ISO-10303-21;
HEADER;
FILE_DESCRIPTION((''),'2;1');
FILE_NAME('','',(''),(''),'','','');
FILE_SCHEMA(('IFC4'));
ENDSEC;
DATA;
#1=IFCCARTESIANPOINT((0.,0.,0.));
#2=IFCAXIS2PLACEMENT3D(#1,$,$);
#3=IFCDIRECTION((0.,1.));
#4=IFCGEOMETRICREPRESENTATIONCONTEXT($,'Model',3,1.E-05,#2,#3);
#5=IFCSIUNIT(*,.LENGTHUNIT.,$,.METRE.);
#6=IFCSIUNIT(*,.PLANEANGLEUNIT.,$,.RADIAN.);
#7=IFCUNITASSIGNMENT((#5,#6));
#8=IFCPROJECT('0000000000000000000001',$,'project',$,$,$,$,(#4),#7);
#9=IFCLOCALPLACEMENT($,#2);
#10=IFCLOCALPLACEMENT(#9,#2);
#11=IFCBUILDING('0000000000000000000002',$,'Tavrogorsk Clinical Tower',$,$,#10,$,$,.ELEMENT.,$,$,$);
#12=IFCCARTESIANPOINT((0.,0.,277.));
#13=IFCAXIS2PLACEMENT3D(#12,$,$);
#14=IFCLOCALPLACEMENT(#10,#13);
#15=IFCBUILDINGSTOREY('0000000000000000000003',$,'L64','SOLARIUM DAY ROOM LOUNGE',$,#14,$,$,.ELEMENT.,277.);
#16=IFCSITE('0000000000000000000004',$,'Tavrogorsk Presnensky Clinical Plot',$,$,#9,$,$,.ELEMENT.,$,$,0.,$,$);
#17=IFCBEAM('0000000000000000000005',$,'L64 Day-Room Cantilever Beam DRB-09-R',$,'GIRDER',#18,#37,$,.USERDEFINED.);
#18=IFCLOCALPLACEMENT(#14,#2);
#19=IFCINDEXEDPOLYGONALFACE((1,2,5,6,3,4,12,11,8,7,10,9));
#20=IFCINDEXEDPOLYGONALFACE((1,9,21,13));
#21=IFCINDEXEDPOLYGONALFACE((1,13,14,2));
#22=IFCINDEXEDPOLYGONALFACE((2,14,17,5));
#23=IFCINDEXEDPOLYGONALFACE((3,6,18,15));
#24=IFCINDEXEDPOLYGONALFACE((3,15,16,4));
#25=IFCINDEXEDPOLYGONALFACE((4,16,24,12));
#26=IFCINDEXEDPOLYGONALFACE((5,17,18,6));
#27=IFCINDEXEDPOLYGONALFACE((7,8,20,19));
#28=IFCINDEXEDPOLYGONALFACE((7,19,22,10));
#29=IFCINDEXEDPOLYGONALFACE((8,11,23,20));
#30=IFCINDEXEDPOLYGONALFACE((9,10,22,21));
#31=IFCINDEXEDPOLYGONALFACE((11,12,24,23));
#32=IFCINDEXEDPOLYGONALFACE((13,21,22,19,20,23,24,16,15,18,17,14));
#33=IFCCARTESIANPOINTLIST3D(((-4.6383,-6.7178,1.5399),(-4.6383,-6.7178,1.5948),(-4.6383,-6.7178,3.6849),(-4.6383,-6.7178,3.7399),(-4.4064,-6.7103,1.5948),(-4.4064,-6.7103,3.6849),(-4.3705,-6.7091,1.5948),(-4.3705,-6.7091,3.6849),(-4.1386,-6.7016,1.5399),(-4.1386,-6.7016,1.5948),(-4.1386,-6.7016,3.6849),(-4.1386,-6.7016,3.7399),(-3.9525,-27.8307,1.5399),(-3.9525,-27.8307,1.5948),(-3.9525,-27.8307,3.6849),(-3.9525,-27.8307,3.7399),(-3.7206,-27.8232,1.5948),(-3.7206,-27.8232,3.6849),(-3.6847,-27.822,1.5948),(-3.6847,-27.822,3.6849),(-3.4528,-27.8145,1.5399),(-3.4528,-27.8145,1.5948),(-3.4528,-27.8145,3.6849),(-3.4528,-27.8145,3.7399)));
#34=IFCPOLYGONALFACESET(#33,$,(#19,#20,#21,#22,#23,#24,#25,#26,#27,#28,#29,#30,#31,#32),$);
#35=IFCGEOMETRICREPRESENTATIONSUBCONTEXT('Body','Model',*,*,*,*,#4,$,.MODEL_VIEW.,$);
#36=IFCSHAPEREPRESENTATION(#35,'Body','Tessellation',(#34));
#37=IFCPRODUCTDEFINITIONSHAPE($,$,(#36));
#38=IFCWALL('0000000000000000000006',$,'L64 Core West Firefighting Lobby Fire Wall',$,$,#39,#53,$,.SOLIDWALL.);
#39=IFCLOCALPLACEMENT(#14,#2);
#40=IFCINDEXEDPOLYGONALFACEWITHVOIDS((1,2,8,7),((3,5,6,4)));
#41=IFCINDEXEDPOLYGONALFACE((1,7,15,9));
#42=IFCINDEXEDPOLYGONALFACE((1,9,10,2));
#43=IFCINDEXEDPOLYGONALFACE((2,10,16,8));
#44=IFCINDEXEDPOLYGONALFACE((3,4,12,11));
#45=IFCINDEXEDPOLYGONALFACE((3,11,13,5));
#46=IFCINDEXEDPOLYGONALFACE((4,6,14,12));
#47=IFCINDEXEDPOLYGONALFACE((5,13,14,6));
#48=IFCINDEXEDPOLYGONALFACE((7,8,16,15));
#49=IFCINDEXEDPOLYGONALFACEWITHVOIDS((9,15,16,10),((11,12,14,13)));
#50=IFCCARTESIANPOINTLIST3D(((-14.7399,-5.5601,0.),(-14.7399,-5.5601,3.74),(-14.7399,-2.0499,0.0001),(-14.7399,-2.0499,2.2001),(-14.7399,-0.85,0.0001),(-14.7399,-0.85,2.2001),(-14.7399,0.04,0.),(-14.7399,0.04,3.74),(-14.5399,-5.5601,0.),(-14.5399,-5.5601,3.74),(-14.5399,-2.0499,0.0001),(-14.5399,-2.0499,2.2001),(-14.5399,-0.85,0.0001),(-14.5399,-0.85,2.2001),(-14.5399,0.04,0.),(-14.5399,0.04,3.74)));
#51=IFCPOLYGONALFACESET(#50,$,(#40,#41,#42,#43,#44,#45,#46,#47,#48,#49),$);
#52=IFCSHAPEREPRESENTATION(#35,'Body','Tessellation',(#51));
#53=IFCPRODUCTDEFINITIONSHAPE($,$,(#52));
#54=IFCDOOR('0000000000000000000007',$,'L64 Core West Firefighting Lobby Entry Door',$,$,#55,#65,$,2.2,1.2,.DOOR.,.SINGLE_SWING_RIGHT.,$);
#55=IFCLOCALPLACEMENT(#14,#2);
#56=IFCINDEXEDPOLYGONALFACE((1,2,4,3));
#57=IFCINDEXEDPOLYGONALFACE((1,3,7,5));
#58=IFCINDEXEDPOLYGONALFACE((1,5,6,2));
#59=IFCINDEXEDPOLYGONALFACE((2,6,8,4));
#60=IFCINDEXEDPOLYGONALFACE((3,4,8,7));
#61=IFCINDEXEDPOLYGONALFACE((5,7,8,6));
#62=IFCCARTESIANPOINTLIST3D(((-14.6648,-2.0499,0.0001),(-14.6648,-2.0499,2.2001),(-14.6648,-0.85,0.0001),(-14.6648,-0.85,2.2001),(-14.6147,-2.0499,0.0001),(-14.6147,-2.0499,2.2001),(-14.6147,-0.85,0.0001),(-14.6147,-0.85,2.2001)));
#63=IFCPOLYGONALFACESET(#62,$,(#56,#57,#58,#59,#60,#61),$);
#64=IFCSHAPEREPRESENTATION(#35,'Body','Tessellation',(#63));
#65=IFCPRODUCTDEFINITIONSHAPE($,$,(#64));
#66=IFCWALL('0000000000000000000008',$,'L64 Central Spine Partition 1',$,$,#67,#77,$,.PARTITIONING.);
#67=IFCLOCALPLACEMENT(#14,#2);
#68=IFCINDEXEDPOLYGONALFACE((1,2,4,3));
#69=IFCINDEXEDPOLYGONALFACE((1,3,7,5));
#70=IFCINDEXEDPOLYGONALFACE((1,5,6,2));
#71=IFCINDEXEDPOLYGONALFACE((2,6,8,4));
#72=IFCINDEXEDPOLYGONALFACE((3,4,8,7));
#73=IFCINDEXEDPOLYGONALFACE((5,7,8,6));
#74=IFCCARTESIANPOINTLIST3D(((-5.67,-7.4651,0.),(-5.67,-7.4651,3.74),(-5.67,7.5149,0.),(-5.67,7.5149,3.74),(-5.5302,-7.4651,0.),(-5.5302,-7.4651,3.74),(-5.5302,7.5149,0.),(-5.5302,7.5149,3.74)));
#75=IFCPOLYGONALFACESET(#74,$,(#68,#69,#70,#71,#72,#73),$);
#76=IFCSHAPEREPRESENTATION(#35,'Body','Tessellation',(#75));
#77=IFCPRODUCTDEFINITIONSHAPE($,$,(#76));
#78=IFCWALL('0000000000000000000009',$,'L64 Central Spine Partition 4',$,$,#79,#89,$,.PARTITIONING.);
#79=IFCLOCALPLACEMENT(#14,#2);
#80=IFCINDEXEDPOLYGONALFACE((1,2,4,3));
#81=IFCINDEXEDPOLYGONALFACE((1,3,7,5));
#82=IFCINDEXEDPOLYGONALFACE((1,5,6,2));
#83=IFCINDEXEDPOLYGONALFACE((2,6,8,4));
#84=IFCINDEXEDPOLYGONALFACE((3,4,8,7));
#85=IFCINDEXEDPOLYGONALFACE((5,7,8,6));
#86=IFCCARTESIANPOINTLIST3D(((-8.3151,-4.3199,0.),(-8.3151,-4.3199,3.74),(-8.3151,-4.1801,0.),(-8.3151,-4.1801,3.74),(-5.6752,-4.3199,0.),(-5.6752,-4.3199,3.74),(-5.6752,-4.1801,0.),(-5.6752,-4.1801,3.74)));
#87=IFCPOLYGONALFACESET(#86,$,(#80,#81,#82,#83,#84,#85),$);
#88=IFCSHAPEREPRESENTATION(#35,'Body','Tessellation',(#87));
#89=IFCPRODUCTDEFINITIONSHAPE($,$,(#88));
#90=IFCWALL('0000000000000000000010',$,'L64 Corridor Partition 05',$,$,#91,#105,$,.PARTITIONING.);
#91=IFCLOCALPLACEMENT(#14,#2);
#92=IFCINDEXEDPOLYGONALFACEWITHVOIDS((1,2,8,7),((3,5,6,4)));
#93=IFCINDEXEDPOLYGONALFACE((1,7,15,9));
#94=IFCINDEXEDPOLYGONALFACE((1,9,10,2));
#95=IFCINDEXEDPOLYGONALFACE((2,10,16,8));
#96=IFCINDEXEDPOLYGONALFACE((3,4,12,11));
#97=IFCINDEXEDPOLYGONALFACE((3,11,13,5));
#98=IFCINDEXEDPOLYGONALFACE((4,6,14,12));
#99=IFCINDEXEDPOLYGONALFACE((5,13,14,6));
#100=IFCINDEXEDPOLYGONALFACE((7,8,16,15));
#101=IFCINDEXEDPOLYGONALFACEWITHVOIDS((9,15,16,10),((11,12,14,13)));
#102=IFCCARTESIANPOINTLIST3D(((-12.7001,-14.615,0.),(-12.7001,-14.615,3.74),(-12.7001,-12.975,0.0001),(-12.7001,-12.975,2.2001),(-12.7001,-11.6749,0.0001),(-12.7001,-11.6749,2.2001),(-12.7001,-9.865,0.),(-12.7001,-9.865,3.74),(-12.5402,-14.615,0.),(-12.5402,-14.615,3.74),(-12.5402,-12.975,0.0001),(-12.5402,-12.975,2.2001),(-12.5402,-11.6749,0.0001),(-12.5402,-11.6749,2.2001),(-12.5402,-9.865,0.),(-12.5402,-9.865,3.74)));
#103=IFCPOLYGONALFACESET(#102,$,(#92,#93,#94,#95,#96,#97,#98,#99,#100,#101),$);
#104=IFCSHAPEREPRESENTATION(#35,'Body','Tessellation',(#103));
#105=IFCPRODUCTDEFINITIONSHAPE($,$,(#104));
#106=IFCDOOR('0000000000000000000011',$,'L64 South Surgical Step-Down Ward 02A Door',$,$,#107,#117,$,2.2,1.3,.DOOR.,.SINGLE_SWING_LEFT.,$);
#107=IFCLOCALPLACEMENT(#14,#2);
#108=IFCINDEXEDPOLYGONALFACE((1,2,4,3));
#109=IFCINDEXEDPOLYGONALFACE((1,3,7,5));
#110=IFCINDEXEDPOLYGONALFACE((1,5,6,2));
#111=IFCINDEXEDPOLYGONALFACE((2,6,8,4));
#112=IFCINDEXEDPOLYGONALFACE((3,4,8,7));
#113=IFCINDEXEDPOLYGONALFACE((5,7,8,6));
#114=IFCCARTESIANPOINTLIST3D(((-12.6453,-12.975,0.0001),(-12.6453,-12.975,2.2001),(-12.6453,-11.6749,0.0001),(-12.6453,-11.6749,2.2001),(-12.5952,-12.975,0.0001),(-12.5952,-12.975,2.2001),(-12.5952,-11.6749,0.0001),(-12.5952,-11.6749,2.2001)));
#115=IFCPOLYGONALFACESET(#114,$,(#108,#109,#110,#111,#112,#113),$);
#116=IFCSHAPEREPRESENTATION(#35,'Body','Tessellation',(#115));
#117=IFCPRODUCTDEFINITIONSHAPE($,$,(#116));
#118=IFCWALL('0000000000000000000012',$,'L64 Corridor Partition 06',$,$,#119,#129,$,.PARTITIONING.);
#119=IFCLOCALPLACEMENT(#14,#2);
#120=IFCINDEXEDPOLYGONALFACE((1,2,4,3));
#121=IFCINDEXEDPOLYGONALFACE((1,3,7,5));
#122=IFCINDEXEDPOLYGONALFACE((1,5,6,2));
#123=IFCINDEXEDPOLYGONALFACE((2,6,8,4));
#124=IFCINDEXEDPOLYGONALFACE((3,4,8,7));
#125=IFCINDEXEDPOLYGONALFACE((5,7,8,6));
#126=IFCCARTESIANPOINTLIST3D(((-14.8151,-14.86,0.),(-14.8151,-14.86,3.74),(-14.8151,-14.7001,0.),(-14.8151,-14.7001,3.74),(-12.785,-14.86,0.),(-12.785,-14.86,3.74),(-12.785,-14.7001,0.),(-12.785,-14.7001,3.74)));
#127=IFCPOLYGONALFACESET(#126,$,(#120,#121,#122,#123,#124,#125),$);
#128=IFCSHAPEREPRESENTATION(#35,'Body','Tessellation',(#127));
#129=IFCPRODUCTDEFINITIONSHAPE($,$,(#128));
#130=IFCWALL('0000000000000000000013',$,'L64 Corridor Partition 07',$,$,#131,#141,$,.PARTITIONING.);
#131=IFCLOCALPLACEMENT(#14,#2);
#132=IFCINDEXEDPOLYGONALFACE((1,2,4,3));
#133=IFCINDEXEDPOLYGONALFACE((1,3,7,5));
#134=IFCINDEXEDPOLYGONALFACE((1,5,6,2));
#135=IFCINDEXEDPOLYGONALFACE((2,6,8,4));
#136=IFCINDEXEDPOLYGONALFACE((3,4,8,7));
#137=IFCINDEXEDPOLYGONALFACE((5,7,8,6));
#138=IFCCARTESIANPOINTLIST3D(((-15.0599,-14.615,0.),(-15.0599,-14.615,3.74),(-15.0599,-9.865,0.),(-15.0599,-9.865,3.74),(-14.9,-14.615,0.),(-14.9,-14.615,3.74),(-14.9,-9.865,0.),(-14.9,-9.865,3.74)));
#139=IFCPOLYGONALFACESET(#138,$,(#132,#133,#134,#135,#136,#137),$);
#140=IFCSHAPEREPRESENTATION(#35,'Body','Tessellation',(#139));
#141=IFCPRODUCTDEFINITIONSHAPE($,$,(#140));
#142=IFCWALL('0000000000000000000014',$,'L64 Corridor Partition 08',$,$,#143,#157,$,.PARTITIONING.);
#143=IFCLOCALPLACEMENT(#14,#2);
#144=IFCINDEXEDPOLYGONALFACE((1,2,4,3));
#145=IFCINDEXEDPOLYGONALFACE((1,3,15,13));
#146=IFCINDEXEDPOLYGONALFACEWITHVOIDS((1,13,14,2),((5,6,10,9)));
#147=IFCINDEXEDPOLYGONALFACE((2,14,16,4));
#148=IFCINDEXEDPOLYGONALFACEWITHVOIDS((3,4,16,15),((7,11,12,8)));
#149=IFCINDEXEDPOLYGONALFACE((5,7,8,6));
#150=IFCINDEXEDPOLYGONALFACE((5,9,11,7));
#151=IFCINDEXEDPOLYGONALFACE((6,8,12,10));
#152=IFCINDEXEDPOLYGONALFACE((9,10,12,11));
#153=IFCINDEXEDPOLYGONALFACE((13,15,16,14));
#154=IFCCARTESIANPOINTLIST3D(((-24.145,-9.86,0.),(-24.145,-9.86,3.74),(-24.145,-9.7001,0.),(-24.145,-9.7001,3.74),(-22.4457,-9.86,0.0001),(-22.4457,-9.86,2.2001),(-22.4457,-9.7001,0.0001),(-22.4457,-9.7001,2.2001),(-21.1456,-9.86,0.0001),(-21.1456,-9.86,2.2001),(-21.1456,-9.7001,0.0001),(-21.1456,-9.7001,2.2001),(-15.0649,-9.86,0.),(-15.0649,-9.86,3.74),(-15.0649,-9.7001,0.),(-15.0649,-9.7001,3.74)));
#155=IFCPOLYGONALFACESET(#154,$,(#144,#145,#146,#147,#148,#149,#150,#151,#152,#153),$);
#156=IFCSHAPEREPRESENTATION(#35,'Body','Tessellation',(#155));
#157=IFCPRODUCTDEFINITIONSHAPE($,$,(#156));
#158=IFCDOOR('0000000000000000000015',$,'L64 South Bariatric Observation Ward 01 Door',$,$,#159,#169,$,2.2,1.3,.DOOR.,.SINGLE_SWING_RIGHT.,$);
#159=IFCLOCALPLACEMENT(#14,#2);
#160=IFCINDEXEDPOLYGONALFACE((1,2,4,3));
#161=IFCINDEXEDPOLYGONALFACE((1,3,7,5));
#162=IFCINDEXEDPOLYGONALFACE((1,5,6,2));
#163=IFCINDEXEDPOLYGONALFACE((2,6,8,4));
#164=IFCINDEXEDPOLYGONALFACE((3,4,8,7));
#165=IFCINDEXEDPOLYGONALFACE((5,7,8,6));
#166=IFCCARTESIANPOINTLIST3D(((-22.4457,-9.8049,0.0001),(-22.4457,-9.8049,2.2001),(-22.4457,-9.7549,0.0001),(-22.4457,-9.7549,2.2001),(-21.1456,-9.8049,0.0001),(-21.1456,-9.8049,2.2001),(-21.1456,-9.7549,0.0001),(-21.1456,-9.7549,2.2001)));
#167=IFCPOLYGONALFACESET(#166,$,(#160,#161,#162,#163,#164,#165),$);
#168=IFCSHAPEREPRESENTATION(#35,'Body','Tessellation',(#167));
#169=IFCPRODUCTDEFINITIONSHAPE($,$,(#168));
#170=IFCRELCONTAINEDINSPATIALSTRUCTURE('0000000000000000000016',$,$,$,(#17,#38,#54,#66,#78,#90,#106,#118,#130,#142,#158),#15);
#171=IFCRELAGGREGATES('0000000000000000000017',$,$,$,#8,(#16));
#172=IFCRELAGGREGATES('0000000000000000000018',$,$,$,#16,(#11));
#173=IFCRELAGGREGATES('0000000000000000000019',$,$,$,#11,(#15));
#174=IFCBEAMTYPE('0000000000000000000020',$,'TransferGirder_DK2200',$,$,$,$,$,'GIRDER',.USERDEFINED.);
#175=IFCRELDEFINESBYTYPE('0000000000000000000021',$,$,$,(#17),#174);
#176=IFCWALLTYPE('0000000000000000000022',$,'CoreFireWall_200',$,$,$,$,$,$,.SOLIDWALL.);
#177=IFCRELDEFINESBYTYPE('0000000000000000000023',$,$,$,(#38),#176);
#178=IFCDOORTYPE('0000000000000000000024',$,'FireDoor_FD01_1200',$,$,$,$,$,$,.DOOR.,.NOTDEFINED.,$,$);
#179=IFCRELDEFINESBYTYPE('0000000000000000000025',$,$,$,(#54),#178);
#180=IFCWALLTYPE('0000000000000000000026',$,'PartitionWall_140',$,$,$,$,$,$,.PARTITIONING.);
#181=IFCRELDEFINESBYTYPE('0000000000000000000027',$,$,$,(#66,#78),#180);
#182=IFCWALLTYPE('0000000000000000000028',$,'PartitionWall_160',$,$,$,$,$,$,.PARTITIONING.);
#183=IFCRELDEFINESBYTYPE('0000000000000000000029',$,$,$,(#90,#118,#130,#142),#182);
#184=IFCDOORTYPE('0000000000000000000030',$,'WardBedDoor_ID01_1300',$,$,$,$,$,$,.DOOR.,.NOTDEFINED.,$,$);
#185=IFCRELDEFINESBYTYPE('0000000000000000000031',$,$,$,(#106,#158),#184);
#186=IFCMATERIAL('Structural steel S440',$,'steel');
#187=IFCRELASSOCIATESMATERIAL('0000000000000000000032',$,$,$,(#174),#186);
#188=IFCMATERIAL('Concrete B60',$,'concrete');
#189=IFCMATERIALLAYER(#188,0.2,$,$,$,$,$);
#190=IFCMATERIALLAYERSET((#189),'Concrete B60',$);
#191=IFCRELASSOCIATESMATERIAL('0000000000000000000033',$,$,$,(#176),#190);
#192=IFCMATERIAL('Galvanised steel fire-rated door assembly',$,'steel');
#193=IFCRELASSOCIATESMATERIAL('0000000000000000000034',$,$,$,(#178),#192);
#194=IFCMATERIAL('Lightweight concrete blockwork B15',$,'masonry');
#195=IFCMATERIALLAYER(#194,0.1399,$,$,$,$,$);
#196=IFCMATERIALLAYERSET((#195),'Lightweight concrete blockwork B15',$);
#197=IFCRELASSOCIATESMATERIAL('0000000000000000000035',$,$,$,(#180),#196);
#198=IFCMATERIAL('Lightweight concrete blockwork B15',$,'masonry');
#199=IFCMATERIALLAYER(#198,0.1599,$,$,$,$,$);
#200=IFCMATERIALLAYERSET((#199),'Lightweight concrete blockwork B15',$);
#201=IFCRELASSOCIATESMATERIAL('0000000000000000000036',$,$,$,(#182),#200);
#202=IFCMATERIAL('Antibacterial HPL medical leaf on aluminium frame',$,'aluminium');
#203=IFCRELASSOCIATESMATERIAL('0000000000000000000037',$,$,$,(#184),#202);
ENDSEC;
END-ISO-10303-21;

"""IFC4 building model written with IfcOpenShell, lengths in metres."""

from ifc_helpers import new_model, si_unit, direction, frame, frame_2d, origin, origin_2d, place, context, subcontext, project, spatial, rectangle, i_section, extrude, material, layer, layer_set, material_profile, profile_set, type_object, element, fill, save


model = new_model("IFC4")

# Units and contexts
model_context = context("Model", 3, precision=1e-05, world=origin(), true_north=direction((0.0, 1.0)))
body_context = subcontext(model_context, "Body", "Model", "MODEL_VIEW")
ifc_project = project(units=[si_unit("LENGTHUNIT", "METRE"), si_unit("PLANEANGLEUNIT", "RADIAN")], contexts=[model_context])

# Site, building, storey
site_placement = place(None, origin())
site = spatial("IfcSite", under=ifc_project, at=site_placement, Name="Tavrogorsk Presnensky Clinical Plot", CompositionType="ELEMENT", RefElevation=0.0)
building_placement = place(site_placement, origin())
building = spatial("IfcBuilding", under=site, at=building_placement, Name="Tavrogorsk Clinical Tower", CompositionType="ELEMENT")
storey_placement = place(building_placement, frame((0.0, 0.0, 277.0)))
storey = spatial("IfcBuildingStorey", under=building, at=storey_placement, Name="L64", Description="SOLARIUM DAY ROOM LOUNGE", CompositionType="ELEMENT", Elevation=277.0)

# Beam
ifc_material_1 = material(Name="Structural steel S440", Category="steel")
ifc_material_profile_1 = material_profile(ifc_material_1, i_section(OverallWidth=0.5, OverallDepth=2.2, WebThickness=0.0359, FlangeThickness=0.0549, at=origin_2d()), Name="DK-2200x500x36x55")
ifc_profile_set_1 = profile_set([ifc_material_profile_1], Name="Structural steel S440")
beam_type_1 = type_object("IfcBeamType", Name="TransferGirder_DK2200", ElementType="GIRDER", PredefinedType="USERDEFINED", material=ifc_profile_set_1)
beam_1_placement = place(storey_placement, frame((-4.3884, -6.7097, 2.6399), z_axis=(0.032465, -0.999473, 0.0), x_axis=(0.999473, 0.032465, 0.0)))
element("IfcBeam", 1, at=beam_1_placement, inside=storey, type_object=beam_type_1, Name="L64 Day-Room Cantilever Beam DRB-09-R", ObjectType="GIRDER", PredefinedType="USERDEFINED", context=body_context, shape_type="SweptSolid", body=[
    extrude(i_section(OverallWidth=0.5, OverallDepth=2.2, WebThickness=0.0359, FlangeThickness=0.0549, at=origin_2d()), origin(), (0.0, 0.0, 1.0), 21.124),
])

# Wall, opening, door
ifc_material_2 = material(Name="Concrete B60", Category="concrete")
ifc_layer_1 = layer(ifc_material_2, 0.2)
ifc_layer_set_1 = layer_set([ifc_layer_1], Name="Concrete B60")
wall_type_1 = type_object("IfcWallType", Name="CoreFireWall_200", PredefinedType="SOLIDWALL", material=ifc_layer_set_1)
wall_1_placement = place(storey_placement, frame((-14.6399, -5.5601, 0.0), z_axis=(0.0, 0.0, 1.0), x_axis=(0.0, 1.0, 0.0)))
wall_1 = element("IfcWall", 2, at=wall_1_placement, inside=storey, type_object=wall_type_1, Name="L64 Core West Firefighting Lobby Fire Wall", PredefinedType="SOLIDWALL", context=body_context, shape_type="SweptSolid", body=[
    extrude(rectangle(XDim=5.6001, YDim=0.2, at=frame_2d((2.8, 0.0))), origin(), (0.0, 0.0, 1.0), 3.74),
])
opening_1_placement = place(wall_1_placement, frame((3.51, 0.0, 0.0)))
opening_1 = element("IfcOpeningElement", 3, at=opening_1_placement, cuts=wall_1, PredefinedType="OPENING", context=body_context, shape_type="SweptSolid", body=[
    extrude(rectangle(XDim=1.2, YDim=2.2, at=frame_2d((0.6001, 1.1001))), frame((0.0, 0.1099, 0.0), z_axis=(0.0, -1.0, 0.0), x_axis=(1.0, 0.0, 0.0)), (0.0, 0.0, 1.0), 0.22),
])
ifc_material_3 = material(Name="Galvanised steel fire-rated door assembly", Category="steel")
door_type_1 = type_object("IfcDoorType", Name="FireDoor_FD01_1200", OperationType="NOTDEFINED", PredefinedType="DOOR", material=ifc_material_3)
door_1_placement = place(opening_1_placement, origin())
door_1 = element("IfcDoor", 4, at=door_1_placement, inside=storey, type_object=door_type_1, Name="L64 Core West Firefighting Lobby Entry Door", OperationType="SINGLE_SWING_RIGHT", OverallHeight=2.2, OverallWidth=1.2, PredefinedType="DOOR", context=body_context, shape_type="SweptSolid", body=[
    extrude(rectangle(XDim=1.2, YDim=2.2, at=frame_2d((0.6001, 1.1001))), frame((0.0, 0.0249, 0.0), z_axis=(0.0, -1.0, 0.0), x_axis=(1.0, 0.0, 0.0)), (0.0, 0.0, 1.0), 0.05),
])
fill(opening_1, door_1)

# Walls
ifc_material_4 = material(Name="Lightweight concrete blockwork B15", Category="masonry")
ifc_layer_2 = layer(ifc_material_4, 0.1399)
ifc_layer_set_2 = layer_set([ifc_layer_2], Name="Lightweight concrete blockwork B15")
wall_type_2 = type_object("IfcWallType", Name="PartitionWall_140", PredefinedType="PARTITIONING", material=ifc_layer_set_2)
wall_2_placement = place(storey_placement, frame((-5.6001, -7.4651, 0.0), z_axis=(0.0, 0.0, 1.0), x_axis=(0.0, 1.0, 0.0)))
element("IfcWall", 5, at=wall_2_placement, inside=storey, type_object=wall_type_2, Name="L64 Central Spine Partition 1", PredefinedType="PARTITIONING", context=body_context, shape_type="SweptSolid", body=[
    extrude(rectangle(XDim=14.98, YDim=0.1399, at=frame_2d((7.49, 0.0))), origin(), (0.0, 0.0, 1.0), 3.74),
])
wall_3_placement = place(storey_placement, frame((-8.3149, -4.25, 0.0), z_axis=(0.0, 0.0, 1.0), x_axis=(1.0, 0.0, 0.0)))
element("IfcWall", 6, at=wall_3_placement, inside=storey, type_object=wall_type_2, Name="L64 Central Spine Partition 4", PredefinedType="PARTITIONING", context=body_context, shape_type="SweptSolid", body=[
    extrude(rectangle(XDim=2.6399, YDim=0.1399, at=frame_2d((1.3198, 0.0))), origin(), (0.0, 0.0, 1.0), 3.74),
])

# Wall, opening, door
ifc_material_5 = material(Name="Lightweight concrete blockwork B15", Category="masonry")
ifc_layer_3 = layer(ifc_material_5, 0.1599)
ifc_layer_set_3 = layer_set([ifc_layer_3], Name="Lightweight concrete blockwork B15")
wall_type_3 = type_object("IfcWallType", Name="PartitionWall_160", PredefinedType="PARTITIONING", material=ifc_layer_set_3)
wall_4_placement = place(storey_placement, frame((-12.6201, -9.865, 0.0), z_axis=(0.0, 0.0, 1.0), x_axis=(0.0, -1.0, 0.0)))
wall_4 = element("IfcWall", 7, at=wall_4_placement, inside=storey, type_object=wall_type_3, Name="L64 Corridor Partition 05", PredefinedType="PARTITIONING", context=body_context, shape_type="SweptSolid", body=[
    extrude(rectangle(XDim=4.75, YDim=0.1599, at=frame_2d((2.375, 0.0))), origin(), (0.0, 0.0, 1.0), 3.74),
])
opening_2_placement = place(wall_4_placement, frame((1.8101, 0.0, 0.0)))
opening_2 = element("IfcOpeningElement", 8, at=opening_2_placement, cuts=wall_4, PredefinedType="OPENING", context=body_context, shape_type="SweptSolid", body=[
    extrude(rectangle(XDim=1.3, YDim=2.2, at=frame_2d((0.6499, 1.1001))), frame((0.0, 0.0898, 0.0), z_axis=(0.0, -1.0, 0.0), x_axis=(1.0, 0.0, 0.0)), (0.0, 0.0, 1.0), 0.1799),
])
ifc_material_6 = material(Name="Antibacterial HPL medical leaf on aluminium frame", Category="aluminium")
door_type_2 = type_object("IfcDoorType", Name="WardBedDoor_ID01_1300", OperationType="NOTDEFINED", PredefinedType="DOOR", material=ifc_material_6)
door_2_placement = place(opening_2_placement, origin())
door_2 = element("IfcDoor", 9, at=door_2_placement, inside=storey, type_object=door_type_2, Name="L64 South Surgical Step-Down Ward 02A Door", OperationType="SINGLE_SWING_LEFT", OverallHeight=2.2, OverallWidth=1.3, PredefinedType="DOOR", context=body_context, shape_type="SweptSolid", body=[
    extrude(rectangle(XDim=1.3, YDim=2.2, at=frame_2d((0.6499, 1.1001))), frame((0.0, 0.0249, 0.0), z_axis=(0.0, -1.0, 0.0), x_axis=(1.0, 0.0, 0.0)), (0.0, 0.0, 1.0), 0.05),
])
fill(opening_2, door_2)

# Walls
wall_5_placement = place(storey_placement, frame((-12.7849, -14.78, 0.0), z_axis=(0.0, 0.0, 1.0), x_axis=(-1.0, 0.0, 0.0)))
element("IfcWall", 10, at=wall_5_placement, inside=storey, type_object=wall_type_3, Name="L64 Corridor Partition 06", PredefinedType="PARTITIONING", context=body_context, shape_type="SweptSolid", body=[
    extrude(rectangle(XDim=2.03, YDim=0.1599, at=frame_2d((1.0151, 0.0))), origin(), (0.0, 0.0, 1.0), 3.74),
])
wall_6_placement = place(storey_placement, frame((-14.98, -14.615, 0.0), z_axis=(0.0, 0.0, 1.0), x_axis=(0.0, 1.0, 0.0)))
element("IfcWall", 11, at=wall_6_placement, inside=storey, type_object=wall_type_3, Name="L64 Corridor Partition 07", PredefinedType="PARTITIONING", context=body_context, shape_type="SweptSolid", body=[
    extrude(rectangle(XDim=4.75, YDim=0.1599, at=frame_2d((2.375, 0.0))), origin(), (0.0, 0.0, 1.0), 3.74),
])

# Wall, opening, door
wall_7_placement = place(storey_placement, frame((-15.0649, -9.78, 0.0), z_axis=(0.0, 0.0, 1.0), x_axis=(-1.0, 0.0, 0.0)))
wall_7 = element("IfcWall", 12, at=wall_7_placement, inside=storey, type_object=wall_type_3, Name="L64 Corridor Partition 08", PredefinedType="PARTITIONING", context=body_context, shape_type="SweptSolid", body=[
    extrude(rectangle(XDim=9.0801, YDim=0.1599, at=frame_2d((4.54, 0.0))), origin(), (0.0, 0.0, 1.0), 3.74),
])
opening_3_placement = place(wall_7_placement, frame((6.0808, 0.0, 0.0)))
opening_3 = element("IfcOpeningElement", 13, at=opening_3_placement, cuts=wall_7, PredefinedType="OPENING", context=body_context, shape_type="SweptSolid", body=[
    extrude(rectangle(XDim=1.3, YDim=2.2, at=frame_2d((0.6499, 1.1001))), frame((0.0, 0.0898, 0.0), z_axis=(0.0, -1.0, 0.0), x_axis=(1.0, 0.0, 0.0)), (0.0, 0.0, 1.0), 0.1799),
])
door_3_placement = place(opening_3_placement, origin())
door_3 = element("IfcDoor", 14, at=door_3_placement, inside=storey, type_object=door_type_2, Name="L64 South Bariatric Observation Ward 01 Door", OperationType="SINGLE_SWING_RIGHT", OverallHeight=2.2, OverallWidth=1.3, PredefinedType="DOOR", context=body_context, shape_type="SweptSolid", body=[
    extrude(rectangle(XDim=1.3, YDim=2.2, at=frame_2d((0.6499, 1.1001))), frame((0.0, 0.0249, 0.0), z_axis=(0.0, -1.0, 0.0), x_axis=(1.0, 0.0, 0.0)), (0.0, 0.0, 1.0), 0.05),
])
fill(opening_3, door_3)

save(model, "model.ifc")
